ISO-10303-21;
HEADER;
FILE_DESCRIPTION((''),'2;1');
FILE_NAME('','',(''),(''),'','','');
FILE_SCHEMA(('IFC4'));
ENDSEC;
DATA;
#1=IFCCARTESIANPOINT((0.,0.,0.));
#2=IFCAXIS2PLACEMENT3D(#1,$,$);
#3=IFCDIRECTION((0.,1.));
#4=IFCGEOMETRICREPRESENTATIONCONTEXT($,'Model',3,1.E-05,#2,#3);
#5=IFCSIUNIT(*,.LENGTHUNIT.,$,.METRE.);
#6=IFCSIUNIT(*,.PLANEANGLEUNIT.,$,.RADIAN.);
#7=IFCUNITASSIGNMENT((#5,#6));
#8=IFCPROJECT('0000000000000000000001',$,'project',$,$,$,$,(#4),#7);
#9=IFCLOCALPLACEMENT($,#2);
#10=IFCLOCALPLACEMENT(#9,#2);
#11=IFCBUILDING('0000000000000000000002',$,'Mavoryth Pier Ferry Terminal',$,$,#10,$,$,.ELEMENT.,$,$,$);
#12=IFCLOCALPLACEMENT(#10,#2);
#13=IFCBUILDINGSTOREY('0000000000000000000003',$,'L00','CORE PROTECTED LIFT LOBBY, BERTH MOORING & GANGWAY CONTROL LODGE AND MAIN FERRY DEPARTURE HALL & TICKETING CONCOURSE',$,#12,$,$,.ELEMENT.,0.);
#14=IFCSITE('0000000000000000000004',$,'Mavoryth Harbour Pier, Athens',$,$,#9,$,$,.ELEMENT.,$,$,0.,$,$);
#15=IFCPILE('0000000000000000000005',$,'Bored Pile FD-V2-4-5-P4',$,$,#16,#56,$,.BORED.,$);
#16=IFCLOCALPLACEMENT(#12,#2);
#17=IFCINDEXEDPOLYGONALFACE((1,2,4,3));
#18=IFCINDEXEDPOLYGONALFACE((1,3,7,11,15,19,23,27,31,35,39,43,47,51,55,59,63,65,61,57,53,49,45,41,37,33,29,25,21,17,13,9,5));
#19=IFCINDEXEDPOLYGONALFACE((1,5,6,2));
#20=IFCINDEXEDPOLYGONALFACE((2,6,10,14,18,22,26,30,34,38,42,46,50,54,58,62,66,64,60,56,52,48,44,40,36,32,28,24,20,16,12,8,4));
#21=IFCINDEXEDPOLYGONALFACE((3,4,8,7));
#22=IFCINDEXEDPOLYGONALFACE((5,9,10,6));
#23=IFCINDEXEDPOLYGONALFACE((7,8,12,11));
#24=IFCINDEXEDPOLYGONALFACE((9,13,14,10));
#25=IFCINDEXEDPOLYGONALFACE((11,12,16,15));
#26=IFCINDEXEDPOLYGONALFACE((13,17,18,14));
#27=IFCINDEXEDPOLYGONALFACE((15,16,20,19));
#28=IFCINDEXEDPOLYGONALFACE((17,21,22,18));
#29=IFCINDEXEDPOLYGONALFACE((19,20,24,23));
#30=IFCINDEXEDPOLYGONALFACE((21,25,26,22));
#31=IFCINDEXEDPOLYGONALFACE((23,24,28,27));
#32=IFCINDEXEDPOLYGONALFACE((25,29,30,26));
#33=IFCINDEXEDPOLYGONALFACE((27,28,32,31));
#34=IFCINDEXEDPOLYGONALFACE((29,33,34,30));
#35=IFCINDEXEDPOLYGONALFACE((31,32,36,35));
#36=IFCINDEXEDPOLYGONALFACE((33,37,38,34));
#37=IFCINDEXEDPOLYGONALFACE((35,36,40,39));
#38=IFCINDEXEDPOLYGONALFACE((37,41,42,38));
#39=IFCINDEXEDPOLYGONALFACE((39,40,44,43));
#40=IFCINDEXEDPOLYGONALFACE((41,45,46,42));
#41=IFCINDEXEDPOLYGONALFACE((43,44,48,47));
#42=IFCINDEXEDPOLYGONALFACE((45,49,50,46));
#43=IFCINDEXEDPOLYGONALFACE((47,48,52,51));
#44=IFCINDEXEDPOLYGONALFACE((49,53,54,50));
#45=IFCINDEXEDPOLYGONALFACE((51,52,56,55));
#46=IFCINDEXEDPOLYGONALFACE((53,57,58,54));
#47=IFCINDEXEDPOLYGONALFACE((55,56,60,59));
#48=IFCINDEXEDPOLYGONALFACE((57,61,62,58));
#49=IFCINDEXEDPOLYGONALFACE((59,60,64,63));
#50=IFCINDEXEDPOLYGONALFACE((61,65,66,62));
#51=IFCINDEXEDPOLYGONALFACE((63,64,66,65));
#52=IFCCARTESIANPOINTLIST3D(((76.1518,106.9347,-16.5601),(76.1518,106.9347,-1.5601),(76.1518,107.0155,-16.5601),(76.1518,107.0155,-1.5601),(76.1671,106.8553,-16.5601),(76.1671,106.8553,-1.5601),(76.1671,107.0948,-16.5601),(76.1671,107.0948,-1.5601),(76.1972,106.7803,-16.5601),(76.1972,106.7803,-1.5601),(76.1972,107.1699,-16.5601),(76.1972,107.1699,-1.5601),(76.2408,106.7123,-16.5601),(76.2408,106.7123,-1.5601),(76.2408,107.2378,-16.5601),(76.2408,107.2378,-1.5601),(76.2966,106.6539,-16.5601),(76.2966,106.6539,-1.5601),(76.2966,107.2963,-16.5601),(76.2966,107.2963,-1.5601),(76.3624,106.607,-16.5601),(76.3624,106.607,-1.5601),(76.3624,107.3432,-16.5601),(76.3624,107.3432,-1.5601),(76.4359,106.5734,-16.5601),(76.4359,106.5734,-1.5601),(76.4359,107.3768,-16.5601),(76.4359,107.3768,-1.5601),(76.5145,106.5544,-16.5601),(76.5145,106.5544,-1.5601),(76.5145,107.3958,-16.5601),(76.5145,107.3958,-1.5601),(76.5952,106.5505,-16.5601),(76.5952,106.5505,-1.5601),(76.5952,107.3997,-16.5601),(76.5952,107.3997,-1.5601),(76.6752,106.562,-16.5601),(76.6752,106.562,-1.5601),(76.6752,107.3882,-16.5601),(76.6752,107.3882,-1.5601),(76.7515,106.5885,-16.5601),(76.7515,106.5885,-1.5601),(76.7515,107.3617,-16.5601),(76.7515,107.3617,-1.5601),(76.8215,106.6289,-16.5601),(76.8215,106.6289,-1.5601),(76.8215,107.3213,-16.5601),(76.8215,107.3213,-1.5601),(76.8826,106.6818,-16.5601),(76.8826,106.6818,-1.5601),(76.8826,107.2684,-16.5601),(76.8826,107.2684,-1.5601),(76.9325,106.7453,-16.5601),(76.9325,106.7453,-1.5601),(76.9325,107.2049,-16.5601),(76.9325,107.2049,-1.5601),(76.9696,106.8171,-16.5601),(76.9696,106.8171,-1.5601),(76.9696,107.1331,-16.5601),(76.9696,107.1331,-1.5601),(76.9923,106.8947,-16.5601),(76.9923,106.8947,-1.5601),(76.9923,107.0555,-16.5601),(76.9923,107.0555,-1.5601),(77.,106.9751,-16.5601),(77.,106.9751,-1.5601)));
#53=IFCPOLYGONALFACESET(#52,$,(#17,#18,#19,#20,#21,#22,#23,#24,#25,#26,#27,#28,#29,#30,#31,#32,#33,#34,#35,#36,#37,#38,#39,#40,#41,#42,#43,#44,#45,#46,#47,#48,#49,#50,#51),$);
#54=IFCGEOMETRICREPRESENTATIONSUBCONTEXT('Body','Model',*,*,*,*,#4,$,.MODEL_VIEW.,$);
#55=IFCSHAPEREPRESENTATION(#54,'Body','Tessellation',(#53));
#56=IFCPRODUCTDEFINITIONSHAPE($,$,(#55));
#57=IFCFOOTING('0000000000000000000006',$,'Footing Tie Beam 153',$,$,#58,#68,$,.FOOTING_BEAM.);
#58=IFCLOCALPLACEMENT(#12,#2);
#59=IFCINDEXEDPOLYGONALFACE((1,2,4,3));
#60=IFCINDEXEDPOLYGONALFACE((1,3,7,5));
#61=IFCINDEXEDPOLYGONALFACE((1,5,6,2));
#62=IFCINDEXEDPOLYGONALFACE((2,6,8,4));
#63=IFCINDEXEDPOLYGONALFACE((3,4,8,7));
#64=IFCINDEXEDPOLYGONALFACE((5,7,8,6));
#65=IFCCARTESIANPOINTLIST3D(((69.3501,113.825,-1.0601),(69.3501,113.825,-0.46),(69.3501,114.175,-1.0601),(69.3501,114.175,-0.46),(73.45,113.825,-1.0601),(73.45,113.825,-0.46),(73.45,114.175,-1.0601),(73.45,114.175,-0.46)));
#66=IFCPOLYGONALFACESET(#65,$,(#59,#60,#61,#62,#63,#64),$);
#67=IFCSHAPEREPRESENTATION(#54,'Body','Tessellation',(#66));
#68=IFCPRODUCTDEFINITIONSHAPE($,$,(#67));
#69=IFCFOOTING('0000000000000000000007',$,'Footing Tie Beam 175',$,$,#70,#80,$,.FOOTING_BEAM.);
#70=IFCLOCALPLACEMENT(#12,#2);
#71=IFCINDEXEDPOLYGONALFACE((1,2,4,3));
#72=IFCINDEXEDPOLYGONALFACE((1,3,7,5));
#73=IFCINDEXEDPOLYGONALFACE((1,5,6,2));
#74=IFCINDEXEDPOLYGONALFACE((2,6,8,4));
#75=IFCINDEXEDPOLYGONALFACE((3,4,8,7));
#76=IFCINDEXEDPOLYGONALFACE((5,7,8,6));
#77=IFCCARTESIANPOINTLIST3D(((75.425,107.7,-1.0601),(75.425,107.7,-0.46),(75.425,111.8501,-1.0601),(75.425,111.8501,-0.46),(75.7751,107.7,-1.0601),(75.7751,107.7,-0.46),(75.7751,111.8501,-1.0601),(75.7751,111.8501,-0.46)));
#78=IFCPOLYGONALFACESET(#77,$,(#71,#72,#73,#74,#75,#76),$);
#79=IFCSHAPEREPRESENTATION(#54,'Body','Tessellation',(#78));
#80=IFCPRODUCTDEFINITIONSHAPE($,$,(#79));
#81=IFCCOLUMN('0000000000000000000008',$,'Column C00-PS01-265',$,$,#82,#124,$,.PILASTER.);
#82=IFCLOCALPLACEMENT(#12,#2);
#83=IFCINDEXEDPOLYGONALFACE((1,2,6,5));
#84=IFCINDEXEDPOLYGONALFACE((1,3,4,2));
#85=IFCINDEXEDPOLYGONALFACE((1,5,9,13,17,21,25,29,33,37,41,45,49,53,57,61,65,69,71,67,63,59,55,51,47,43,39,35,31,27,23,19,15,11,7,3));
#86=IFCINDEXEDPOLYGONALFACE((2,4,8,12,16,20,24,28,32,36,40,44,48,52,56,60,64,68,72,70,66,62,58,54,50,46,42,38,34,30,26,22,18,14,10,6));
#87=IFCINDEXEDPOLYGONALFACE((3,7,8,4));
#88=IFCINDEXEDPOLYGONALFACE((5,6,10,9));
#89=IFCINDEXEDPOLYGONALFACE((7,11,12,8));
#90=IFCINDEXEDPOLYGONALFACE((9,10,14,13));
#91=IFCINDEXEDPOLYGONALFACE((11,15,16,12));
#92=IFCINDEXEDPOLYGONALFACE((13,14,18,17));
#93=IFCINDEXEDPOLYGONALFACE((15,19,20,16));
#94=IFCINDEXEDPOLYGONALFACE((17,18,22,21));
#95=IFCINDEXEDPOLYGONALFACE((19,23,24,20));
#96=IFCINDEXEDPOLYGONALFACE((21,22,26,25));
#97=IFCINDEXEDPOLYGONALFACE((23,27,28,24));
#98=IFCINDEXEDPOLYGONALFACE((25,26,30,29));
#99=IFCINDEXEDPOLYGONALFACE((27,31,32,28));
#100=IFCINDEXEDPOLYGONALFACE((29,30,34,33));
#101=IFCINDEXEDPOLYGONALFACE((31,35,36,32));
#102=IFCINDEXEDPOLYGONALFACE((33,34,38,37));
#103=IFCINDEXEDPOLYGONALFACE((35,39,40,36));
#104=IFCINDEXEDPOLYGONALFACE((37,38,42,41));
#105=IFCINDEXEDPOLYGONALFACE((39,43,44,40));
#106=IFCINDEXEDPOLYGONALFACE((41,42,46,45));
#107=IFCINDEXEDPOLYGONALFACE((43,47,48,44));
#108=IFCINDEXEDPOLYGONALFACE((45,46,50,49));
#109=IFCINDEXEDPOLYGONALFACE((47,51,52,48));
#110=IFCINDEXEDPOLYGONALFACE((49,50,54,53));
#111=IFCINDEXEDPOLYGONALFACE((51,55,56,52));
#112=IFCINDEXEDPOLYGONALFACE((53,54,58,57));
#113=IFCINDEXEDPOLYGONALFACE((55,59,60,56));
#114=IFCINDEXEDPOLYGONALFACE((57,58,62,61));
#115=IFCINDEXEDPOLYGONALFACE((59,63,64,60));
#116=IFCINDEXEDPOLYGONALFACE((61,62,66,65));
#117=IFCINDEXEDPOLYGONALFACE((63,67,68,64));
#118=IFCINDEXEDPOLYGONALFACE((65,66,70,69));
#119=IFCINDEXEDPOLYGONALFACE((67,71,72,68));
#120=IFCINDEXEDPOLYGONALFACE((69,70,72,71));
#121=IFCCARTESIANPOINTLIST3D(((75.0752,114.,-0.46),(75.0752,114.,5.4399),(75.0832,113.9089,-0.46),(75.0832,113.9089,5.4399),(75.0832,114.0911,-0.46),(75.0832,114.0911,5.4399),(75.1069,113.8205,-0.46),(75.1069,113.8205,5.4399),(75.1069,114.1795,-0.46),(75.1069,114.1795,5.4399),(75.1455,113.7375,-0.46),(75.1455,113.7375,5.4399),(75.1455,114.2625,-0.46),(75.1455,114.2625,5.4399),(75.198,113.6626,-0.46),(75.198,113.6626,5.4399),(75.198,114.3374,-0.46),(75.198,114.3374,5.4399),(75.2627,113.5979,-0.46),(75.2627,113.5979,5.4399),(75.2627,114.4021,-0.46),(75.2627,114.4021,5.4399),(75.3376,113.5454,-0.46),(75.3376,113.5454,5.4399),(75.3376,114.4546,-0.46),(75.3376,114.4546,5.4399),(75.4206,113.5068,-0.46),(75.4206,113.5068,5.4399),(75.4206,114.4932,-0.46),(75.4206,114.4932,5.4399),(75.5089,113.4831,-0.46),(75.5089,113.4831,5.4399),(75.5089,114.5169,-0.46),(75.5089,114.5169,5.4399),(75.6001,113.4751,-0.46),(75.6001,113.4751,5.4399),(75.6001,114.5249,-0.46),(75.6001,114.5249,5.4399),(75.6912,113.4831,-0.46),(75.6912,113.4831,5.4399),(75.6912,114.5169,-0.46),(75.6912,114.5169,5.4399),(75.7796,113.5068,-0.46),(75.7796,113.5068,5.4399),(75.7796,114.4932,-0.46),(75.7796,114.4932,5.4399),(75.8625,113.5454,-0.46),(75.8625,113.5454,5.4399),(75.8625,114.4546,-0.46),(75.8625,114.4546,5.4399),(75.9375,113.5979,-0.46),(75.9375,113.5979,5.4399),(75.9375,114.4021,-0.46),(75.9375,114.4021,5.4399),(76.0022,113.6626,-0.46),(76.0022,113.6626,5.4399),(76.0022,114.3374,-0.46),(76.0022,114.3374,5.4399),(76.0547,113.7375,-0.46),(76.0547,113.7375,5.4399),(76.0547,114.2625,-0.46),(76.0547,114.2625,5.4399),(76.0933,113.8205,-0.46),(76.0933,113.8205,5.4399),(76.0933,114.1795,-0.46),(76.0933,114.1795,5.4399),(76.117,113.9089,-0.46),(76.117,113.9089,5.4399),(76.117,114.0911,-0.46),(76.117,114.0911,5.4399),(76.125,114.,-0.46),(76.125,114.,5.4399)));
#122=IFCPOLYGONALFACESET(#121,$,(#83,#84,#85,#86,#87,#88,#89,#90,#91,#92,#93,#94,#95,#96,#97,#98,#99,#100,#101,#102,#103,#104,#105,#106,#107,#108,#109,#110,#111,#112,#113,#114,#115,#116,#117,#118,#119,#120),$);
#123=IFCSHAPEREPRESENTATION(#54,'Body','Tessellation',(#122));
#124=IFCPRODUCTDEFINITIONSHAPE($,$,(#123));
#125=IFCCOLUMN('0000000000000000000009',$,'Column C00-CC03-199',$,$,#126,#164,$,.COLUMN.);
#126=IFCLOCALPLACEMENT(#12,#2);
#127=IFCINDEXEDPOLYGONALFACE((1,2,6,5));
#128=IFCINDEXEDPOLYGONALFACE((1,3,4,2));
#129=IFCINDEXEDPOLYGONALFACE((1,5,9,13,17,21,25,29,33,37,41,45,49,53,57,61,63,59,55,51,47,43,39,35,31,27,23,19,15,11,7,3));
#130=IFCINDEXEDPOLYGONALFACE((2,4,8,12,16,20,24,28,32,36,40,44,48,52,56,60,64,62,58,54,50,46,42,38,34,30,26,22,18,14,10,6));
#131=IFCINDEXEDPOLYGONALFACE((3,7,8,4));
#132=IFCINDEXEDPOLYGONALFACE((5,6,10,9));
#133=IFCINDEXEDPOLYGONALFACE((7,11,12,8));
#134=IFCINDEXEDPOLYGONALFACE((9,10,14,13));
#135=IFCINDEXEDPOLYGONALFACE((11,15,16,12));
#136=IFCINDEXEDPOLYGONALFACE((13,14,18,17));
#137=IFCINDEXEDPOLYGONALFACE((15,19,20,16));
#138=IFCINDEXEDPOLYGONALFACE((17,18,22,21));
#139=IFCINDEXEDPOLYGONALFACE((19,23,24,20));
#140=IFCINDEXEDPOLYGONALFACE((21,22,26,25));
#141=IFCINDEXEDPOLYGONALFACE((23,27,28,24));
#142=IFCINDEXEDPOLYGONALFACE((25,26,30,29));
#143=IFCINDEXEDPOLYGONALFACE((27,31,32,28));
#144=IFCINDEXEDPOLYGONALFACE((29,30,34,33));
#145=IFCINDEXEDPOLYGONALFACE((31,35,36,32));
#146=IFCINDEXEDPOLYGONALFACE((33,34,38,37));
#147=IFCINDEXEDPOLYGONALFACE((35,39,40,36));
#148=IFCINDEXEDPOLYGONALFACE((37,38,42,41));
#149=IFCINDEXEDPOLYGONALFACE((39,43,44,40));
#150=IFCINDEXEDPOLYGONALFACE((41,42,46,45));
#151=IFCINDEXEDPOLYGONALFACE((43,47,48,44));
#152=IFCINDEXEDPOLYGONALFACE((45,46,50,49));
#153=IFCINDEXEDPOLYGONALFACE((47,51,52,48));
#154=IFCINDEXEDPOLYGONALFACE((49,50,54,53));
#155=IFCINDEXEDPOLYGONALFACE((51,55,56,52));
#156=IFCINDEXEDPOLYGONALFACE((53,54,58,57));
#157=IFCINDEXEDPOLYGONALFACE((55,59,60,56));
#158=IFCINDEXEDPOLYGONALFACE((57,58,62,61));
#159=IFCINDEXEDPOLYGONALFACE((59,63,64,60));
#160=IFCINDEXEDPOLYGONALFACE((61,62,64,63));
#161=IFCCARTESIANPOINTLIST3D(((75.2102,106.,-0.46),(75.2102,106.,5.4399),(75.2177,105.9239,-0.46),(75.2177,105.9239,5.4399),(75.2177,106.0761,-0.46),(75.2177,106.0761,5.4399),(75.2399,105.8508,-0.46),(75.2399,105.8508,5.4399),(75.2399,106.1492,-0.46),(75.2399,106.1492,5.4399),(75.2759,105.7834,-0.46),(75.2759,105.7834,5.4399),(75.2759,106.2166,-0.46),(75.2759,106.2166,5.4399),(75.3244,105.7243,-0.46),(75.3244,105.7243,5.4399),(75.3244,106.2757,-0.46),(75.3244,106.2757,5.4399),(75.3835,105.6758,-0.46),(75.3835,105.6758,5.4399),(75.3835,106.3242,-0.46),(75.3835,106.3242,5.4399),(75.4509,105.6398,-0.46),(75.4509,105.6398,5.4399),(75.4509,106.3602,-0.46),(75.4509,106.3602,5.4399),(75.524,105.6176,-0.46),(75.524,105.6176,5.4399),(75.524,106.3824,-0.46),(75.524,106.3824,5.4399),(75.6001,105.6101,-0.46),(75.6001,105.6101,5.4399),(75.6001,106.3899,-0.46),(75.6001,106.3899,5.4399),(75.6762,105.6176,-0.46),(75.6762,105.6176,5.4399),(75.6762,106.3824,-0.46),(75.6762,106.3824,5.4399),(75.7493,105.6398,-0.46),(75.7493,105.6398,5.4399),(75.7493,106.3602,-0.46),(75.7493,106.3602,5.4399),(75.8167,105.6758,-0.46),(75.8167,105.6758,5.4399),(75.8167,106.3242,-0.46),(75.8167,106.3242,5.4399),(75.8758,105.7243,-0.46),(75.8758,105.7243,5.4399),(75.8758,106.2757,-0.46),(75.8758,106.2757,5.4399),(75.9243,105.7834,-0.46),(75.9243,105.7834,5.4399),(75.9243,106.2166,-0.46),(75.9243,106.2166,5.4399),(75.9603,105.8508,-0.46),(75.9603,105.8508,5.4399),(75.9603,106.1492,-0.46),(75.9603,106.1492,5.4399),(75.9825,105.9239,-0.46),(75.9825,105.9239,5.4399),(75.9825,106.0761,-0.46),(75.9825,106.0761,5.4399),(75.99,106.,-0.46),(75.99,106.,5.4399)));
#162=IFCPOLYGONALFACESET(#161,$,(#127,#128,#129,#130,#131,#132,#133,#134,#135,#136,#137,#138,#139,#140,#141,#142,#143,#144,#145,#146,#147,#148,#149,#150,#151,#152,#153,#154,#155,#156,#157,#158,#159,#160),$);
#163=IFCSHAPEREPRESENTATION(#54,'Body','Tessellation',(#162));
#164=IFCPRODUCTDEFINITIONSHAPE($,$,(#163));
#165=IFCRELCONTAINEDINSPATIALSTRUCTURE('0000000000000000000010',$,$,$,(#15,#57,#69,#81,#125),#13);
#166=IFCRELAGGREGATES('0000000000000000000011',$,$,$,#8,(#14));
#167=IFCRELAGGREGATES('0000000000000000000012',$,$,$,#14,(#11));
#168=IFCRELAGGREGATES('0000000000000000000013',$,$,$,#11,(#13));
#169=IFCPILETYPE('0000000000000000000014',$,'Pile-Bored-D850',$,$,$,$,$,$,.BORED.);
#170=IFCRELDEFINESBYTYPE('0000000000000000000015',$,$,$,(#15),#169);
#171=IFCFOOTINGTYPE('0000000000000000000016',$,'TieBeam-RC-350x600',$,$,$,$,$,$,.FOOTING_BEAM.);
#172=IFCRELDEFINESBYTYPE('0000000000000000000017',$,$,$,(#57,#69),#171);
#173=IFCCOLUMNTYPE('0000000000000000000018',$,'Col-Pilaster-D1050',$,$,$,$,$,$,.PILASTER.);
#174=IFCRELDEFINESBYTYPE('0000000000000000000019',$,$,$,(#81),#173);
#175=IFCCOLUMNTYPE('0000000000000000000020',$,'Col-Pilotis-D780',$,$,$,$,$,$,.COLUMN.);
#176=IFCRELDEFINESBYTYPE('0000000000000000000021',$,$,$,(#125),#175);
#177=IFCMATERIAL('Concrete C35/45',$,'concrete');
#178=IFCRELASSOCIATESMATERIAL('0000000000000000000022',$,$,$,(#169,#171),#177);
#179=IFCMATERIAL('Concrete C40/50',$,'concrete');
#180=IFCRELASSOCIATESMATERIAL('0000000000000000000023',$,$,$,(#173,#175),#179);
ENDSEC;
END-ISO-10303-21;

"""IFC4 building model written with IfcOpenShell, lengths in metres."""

from ifc_helpers import new_model, si_unit, direction, frame, origin, origin_2d, place, context, subcontext, project, spatial, rectangle, circle, extrude, material, material_profile, profile_set, type_object, element, save


model = new_model("IFC4")

# Units and contexts
model_context = context("Model", 3, precision=1e-05, world=origin(), true_north=direction((0.0, 1.0)))
body_context = subcontext(model_context, "Body", "Model", "MODEL_VIEW")
ifc_project = project(units=[si_unit("LENGTHUNIT", "METRE"), si_unit("PLANEANGLEUNIT", "RADIAN")], contexts=[model_context])

# Site, building, storey
site_placement = place(None, origin())
site = spatial("IfcSite", under=ifc_project, at=site_placement, Name="Mavoryth Harbour Pier, Athens", CompositionType="ELEMENT", RefElevation=0.0)
building_placement = place(site_placement, origin())
building = spatial("IfcBuilding", under=site, at=building_placement, Name="Mavoryth Pier Ferry Terminal", CompositionType="ELEMENT")
storey_placement = place(building_placement, origin())
storey = spatial("IfcBuildingStorey", under=building, at=storey_placement, Name="L00", Description="CORE PROTECTED LIFT LOBBY, BERTH MOORING & GANGWAY CONTROL LODGE AND MAIN FERRY DEPARTURE HALL & TICKETING CONCOURSE", CompositionType="ELEMENT", Elevation=0.0)

# Shared definitions
ifc_material_1 = material(Name="Concrete C35/45", Category="concrete")

# Pile
ifc_material_profile_1 = material_profile(ifc_material_1, circle(Radius=0.425, at=origin_2d()), Name="PILE D850", Category="concrete")
ifc_profile_set_1 = profile_set([ifc_material_profile_1], Name="Concrete C35/45 - PILE D850")
pile_type_1 = type_object("IfcPileType", Name="Pile-Bored-D850", PredefinedType="BORED", material=ifc_profile_set_1)
for number, where, z_axis, x_axis, name in (
    (1, (76.575, 106.9751, -1.5601), (0.0, 0.0, -1.0), (1.0, 0.0, 0.0), "Bored Pile FD-V2-4-5-P4"),
):
    element("IfcPile", number, at=place(storey_placement, frame(where, z_axis=z_axis, x_axis=x_axis)), inside=storey, type_object=pile_type_1, Name=name, PredefinedType="BORED", context=body_context, shape_type="SweptSolid", body=[
        extrude(circle(Radius=0.425, at=origin_2d()), origin(), (0.0, 0.0, 1.0), 15.0),
    ])

# Footings
ifc_material_profile_2 = material_profile(ifc_material_1, rectangle(XDim=0.3501, YDim=0.6001, at=origin_2d()), Name="RC 350x600", Category="concrete")
ifc_profile_set_2 = profile_set([ifc_material_profile_2], Name="Concrete C35/45 - RC 350x600")
footing_type_1 = type_object("IfcFootingType", Name="TieBeam-RC-350x600", PredefinedType="FOOTING_BEAM", material=ifc_profile_set_2)
footing_1_placement = place(storey_placement, frame((69.3501, 114.0, -0.76), z_axis=(1.0, 0.0, 0.0), x_axis=(0.0, 1.0, 0.0)))
element("IfcFooting", 2, at=footing_1_placement, inside=storey, type_object=footing_type_1, Name="Footing Tie Beam 153", PredefinedType="FOOTING_BEAM", context=body_context, shape_type="SweptSolid", body=[
    extrude(rectangle(XDim=0.3501, YDim=0.6001, at=origin_2d()), origin(), (0.0, 0.0, 1.0), 4.0999),
])
footing_2_placement = place(storey_placement, frame((75.6001, 107.7, -0.76), z_axis=(0.0, 1.0, 0.0), x_axis=(-1.0, 0.0, 0.0)))
element("IfcFooting", 3, at=footing_2_placement, inside=storey, type_object=footing_type_1, Name="Footing Tie Beam 175", PredefinedType="FOOTING_BEAM", context=body_context, shape_type="SweptSolid", body=[
    extrude(rectangle(XDim=0.3501, YDim=0.6001, at=origin_2d()), origin(), (0.0, 0.0, 1.0), 4.1501),
])

# Columns
ifc_material_2 = material(Name="Concrete C40/50", Category="concrete")
ifc_material_profile_3 = material_profile(ifc_material_2, circle(Radius=0.5249, at=origin_2d()), Name="RC D1050", Category="concrete")
ifc_profile_set_3 = profile_set([ifc_material_profile_3], Name="Concrete C40/50 - RC D1050")
column_type_1 = type_object("IfcColumnType", Name="Col-Pilaster-D1050", PredefinedType="PILASTER", material=ifc_profile_set_3)
column_1_placement = place(storey_placement, frame((75.6001, 114.0, -0.46), z_axis=(0.0, 0.0, 1.0), x_axis=(1.0, 0.0, 0.0)))
element("IfcColumn", 4, at=column_1_placement, inside=storey, type_object=column_type_1, Name="Column C00-PS01-265", PredefinedType="PILASTER", context=body_context, shape_type="SweptSolid", body=[
    extrude(circle(Radius=0.5249, at=origin_2d()), origin(), (0.0, 0.0, 1.0), 5.8999),
])
ifc_material_profile_4 = material_profile(ifc_material_2, circle(Radius=0.3899, at=origin_2d()), Name="RC D780", Category="concrete")
ifc_profile_set_4 = profile_set([ifc_material_profile_4], Name="Concrete C40/50 - RC D780")
column_type_2 = type_object("IfcColumnType", Name="Col-Pilotis-D780", PredefinedType="COLUMN", material=ifc_profile_set_4)
column_2_placement = place(storey_placement, frame((75.6001, 106.0, -0.46), z_axis=(0.0, 0.0, 1.0), x_axis=(1.0, 0.0, 0.0)))
element("IfcColumn", 5, at=column_2_placement, inside=storey, type_object=column_type_2, Name="Column C00-CC03-199", PredefinedType="COLUMN", context=body_context, shape_type="SweptSolid", body=[
    extrude(circle(Radius=0.3899, at=origin_2d()), origin(), (0.0, 0.0, 1.0), 5.8999),
])

save(model, "model.ifc")
